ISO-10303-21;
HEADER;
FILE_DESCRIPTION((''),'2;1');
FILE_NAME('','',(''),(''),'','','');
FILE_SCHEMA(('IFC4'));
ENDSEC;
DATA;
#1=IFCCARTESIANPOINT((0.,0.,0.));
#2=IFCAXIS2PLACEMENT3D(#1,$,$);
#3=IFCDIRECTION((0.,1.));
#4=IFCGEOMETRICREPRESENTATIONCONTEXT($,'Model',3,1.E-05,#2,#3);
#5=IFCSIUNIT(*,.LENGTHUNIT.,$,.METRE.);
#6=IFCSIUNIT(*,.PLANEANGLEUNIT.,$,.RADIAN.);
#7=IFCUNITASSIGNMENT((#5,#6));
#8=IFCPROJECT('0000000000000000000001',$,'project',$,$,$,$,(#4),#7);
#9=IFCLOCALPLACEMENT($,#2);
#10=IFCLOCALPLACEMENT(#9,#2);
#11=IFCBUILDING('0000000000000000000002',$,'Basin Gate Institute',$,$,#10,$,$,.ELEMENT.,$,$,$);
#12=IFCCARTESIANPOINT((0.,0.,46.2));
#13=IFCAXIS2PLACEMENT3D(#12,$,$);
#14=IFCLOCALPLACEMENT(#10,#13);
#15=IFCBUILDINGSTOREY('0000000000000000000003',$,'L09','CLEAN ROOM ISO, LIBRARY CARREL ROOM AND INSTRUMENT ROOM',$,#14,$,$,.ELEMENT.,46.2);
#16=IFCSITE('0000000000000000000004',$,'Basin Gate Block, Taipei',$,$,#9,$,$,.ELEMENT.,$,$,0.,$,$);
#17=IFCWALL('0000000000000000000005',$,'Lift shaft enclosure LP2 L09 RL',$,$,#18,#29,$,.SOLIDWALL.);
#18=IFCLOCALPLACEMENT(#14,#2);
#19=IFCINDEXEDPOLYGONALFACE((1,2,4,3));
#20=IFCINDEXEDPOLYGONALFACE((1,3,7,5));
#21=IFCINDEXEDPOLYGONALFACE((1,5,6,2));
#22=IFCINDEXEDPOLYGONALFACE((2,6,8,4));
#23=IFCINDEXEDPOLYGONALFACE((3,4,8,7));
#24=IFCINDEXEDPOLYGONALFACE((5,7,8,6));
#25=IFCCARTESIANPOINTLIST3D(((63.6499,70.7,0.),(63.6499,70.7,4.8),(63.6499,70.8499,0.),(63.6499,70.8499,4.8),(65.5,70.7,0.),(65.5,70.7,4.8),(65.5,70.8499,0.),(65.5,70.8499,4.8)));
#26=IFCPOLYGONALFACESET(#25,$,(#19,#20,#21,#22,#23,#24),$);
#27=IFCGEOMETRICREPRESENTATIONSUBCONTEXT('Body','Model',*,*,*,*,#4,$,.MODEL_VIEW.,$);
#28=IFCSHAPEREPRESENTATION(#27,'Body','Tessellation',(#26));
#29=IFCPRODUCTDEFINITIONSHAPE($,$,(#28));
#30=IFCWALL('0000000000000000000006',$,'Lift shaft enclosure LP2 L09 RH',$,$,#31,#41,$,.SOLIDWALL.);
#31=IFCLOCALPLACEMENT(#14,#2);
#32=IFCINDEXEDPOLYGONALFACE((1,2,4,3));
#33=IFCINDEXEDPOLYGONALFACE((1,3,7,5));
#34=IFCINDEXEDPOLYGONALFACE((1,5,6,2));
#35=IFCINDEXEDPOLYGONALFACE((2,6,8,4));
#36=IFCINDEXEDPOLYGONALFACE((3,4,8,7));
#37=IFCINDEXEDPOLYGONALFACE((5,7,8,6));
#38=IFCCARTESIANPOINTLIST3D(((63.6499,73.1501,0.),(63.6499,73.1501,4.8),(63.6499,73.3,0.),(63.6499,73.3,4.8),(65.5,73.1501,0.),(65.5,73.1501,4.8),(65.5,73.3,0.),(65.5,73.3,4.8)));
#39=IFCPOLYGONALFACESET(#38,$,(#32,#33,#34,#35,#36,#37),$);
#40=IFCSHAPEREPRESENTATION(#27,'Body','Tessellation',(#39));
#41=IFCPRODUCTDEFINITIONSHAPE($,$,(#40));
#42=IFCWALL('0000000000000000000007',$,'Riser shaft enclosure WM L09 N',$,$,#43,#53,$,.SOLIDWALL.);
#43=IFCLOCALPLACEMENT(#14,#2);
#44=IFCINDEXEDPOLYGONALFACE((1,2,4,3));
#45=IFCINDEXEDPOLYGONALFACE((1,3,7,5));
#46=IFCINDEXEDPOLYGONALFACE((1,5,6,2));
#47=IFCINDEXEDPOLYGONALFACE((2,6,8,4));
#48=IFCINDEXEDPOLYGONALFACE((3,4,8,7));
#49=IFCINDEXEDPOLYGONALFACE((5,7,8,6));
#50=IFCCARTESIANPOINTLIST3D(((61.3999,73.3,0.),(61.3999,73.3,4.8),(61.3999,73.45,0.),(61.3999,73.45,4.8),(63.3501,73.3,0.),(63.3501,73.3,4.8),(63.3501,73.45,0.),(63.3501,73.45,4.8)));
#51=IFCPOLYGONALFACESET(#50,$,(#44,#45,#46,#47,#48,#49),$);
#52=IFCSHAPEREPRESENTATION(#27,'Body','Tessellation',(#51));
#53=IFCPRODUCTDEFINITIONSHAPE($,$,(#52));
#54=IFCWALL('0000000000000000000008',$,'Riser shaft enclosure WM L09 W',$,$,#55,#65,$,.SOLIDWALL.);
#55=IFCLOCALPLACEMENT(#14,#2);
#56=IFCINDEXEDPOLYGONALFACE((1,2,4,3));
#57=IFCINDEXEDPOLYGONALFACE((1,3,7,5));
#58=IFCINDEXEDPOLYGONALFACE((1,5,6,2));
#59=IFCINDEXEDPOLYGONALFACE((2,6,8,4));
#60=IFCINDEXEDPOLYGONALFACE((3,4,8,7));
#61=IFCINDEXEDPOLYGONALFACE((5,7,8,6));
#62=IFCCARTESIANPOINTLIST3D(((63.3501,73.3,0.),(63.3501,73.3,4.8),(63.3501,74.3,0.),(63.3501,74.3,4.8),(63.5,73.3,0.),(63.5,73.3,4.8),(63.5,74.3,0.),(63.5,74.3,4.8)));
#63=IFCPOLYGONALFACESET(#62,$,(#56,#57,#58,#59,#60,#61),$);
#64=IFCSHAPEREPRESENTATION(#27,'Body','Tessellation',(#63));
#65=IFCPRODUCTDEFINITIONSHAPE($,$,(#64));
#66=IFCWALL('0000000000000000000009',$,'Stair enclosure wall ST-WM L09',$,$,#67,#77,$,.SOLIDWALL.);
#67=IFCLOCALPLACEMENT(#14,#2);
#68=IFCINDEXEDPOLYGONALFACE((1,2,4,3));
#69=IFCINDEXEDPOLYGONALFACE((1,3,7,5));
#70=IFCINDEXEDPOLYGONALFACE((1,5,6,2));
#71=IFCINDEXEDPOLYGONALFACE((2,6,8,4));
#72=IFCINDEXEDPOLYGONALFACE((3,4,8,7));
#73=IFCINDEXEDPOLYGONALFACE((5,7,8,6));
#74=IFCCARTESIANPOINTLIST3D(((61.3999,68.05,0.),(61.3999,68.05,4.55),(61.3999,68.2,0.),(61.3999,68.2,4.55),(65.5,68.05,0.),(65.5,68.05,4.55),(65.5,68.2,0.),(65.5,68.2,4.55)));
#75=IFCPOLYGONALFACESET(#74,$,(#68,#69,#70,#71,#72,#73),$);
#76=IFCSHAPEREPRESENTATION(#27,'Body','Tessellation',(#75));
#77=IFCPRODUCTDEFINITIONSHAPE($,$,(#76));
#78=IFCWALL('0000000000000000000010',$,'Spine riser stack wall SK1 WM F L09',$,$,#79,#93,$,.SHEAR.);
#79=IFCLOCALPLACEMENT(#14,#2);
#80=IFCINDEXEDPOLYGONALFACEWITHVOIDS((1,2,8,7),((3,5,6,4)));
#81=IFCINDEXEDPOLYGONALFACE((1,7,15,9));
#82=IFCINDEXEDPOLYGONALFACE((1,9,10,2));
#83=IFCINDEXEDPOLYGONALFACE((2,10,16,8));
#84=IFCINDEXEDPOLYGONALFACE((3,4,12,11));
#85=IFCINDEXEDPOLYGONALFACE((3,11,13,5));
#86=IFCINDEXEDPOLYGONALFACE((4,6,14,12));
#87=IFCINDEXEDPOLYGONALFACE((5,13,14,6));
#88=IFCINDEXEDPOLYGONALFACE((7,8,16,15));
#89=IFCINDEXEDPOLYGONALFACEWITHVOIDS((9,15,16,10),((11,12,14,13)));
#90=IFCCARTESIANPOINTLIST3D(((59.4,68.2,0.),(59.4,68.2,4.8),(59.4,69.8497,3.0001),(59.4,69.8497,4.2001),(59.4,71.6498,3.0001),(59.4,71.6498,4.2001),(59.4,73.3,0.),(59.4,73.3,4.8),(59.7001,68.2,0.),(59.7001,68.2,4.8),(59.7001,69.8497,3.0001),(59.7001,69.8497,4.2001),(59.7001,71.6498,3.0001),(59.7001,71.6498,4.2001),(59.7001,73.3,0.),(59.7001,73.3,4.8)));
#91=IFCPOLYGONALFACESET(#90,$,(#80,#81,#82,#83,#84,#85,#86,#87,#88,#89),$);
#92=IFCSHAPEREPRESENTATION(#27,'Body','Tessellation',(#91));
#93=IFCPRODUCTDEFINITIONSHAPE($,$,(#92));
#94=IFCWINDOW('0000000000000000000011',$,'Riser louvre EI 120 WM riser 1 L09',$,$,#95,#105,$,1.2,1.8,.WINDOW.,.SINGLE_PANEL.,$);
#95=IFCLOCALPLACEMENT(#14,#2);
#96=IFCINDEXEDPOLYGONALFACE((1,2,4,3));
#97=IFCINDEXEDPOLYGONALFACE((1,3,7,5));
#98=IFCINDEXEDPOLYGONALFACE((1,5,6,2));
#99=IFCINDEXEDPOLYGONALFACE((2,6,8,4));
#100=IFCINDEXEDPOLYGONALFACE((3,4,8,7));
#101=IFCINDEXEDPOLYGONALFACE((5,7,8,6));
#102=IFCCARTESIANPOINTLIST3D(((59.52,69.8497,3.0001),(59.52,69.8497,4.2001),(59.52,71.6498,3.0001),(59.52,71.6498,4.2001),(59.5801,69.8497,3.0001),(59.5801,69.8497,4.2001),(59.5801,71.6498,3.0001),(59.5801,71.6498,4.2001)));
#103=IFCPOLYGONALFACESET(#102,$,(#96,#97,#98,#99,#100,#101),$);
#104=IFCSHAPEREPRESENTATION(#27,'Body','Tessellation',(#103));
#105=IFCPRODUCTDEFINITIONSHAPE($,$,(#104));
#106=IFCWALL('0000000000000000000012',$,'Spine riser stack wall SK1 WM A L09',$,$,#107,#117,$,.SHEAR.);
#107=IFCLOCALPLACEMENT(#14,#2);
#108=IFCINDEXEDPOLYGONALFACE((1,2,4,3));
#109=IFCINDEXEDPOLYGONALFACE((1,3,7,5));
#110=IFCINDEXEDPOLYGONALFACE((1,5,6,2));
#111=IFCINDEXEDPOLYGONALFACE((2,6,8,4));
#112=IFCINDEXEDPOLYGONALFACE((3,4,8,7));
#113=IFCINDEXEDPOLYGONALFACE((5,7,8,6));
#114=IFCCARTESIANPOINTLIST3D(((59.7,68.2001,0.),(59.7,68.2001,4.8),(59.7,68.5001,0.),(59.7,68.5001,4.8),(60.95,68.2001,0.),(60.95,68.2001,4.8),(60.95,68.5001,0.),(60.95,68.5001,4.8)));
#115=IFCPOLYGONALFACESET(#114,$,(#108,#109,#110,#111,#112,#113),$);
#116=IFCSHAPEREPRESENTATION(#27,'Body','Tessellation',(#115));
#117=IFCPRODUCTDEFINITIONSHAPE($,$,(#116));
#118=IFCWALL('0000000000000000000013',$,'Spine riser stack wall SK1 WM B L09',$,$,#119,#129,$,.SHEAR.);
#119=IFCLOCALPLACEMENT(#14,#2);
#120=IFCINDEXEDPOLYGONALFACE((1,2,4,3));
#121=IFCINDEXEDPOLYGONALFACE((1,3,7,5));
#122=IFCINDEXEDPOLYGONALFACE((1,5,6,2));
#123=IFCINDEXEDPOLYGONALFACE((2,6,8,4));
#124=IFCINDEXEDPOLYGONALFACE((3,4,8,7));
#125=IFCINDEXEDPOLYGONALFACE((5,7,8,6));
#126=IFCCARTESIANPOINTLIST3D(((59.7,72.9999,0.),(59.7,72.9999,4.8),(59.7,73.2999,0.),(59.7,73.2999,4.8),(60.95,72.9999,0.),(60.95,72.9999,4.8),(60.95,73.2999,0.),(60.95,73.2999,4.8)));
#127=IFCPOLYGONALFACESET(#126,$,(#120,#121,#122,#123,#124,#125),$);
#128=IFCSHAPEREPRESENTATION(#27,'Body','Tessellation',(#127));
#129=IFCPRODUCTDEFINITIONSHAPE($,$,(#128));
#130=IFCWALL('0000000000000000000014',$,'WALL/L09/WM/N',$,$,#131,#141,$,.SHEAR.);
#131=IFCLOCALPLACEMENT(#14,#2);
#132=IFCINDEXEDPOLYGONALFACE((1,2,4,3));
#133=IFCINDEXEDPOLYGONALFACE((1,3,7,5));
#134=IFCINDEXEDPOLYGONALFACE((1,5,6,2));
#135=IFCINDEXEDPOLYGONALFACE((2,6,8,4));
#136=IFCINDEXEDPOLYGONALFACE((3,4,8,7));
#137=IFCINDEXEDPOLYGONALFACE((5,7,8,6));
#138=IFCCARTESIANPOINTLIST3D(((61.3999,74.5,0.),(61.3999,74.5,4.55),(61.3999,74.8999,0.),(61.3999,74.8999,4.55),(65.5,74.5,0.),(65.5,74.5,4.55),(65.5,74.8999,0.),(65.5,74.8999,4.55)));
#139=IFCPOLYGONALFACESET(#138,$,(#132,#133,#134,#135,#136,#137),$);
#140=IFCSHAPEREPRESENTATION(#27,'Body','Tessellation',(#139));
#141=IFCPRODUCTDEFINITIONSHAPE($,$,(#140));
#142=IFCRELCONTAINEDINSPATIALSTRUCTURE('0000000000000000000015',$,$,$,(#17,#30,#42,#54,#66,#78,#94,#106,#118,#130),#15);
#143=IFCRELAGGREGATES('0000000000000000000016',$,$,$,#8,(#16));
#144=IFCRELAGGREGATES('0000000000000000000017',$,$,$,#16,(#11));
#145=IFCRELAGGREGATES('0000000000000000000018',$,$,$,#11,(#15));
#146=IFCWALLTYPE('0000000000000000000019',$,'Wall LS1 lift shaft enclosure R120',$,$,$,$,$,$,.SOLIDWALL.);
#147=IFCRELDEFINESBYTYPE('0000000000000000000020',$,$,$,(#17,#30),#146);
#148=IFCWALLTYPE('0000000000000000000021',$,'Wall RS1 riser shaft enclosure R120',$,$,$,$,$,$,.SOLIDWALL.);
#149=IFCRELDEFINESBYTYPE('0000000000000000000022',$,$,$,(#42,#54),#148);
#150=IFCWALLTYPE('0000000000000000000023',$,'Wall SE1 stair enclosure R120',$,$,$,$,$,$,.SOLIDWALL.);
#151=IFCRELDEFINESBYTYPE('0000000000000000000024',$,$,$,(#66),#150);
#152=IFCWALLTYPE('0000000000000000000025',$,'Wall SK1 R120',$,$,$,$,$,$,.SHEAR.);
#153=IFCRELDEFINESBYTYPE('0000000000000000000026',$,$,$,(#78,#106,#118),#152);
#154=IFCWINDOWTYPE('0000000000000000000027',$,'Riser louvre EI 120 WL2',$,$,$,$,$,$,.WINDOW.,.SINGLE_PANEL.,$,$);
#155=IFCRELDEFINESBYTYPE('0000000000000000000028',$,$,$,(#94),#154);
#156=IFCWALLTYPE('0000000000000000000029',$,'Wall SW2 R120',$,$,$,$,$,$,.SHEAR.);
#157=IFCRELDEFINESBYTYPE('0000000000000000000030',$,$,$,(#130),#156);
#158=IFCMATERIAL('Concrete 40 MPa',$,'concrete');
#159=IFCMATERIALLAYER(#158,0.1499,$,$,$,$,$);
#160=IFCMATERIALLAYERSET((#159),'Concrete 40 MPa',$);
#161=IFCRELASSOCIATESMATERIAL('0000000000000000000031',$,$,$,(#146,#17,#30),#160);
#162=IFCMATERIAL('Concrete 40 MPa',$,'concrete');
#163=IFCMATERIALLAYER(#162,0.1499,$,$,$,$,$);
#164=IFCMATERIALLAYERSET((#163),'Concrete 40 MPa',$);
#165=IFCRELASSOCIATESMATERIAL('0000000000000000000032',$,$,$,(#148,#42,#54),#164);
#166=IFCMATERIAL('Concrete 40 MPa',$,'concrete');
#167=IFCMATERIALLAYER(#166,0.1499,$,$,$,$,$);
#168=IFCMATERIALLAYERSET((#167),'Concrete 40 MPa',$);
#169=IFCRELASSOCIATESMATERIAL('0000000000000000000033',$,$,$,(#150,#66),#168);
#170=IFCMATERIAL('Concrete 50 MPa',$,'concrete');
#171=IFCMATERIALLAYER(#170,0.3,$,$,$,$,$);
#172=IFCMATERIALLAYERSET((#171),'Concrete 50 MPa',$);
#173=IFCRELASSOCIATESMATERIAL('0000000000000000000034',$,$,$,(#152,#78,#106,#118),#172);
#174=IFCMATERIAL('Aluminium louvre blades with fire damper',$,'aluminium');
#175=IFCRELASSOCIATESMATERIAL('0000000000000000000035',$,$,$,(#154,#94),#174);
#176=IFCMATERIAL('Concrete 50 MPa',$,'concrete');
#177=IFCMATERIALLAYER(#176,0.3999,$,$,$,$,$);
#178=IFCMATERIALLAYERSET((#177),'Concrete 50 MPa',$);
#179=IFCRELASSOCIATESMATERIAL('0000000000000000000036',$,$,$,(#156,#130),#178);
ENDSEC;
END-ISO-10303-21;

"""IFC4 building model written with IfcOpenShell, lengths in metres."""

from ifc_helpers import new_model, si_unit, direction, frame, frame_2d, origin, place, context, subcontext, project, spatial, rectangle, extrude, material, layer, layer_set, type_object, element, fill, save


model = new_model("IFC4")

# Units and contexts
model_context = context("Model", 3, precision=1e-05, world=origin(), true_north=direction((0.0, 1.0)))
body_context = subcontext(model_context, "Body", "Model", "MODEL_VIEW")
ifc_project = project(units=[si_unit("LENGTHUNIT", "METRE"), si_unit("PLANEANGLEUNIT", "RADIAN")], contexts=[model_context])

# Site, building, storey
site_placement = place(None, origin())
site = spatial("IfcSite", under=ifc_project, at=site_placement, Name="Basin Gate Block, Taipei", CompositionType="ELEMENT", RefElevation=0.0)
building_placement = place(site_placement, origin())
building = spatial("IfcBuilding", under=site, at=building_placement, Name="Basin Gate Institute", CompositionType="ELEMENT")
storey_placement = place(building_placement, frame((0.0, 0.0, 46.2)))
storey = spatial("IfcBuildingStorey", under=building, at=storey_placement, Name="L09", Description="CLEAN ROOM ISO, LIBRARY CARREL ROOM AND INSTRUMENT ROOM", CompositionType="ELEMENT", Elevation=46.2)

# Walls
ifc_material_1 = material(Name="Concrete 40 MPa", Category="concrete")
ifc_layer_1 = layer(ifc_material_1, 0.1499)
ifc_layer_set_1 = layer_set([ifc_layer_1], Name="Concrete 40 MPa")
wall_type_1 = type_object("IfcWallType", Name="Wall LS1 lift shaft enclosure R120", PredefinedType="SOLIDWALL", material=ifc_layer_set_1)
for number, where, z_axis, x_axis, name in (
    (1, (63.6499, 70.7749, 0.0), (0.0, 0.0, 1.0), (1.0, 0.0, 0.0), "Lift shaft enclosure LP2 L09 RL"),
    (2, (63.6499, 73.2251, 0.0), (0.0, 0.0, 1.0), (1.0, 0.0, 0.0), "Lift shaft enclosure LP2 L09 RH"),
):
    element("IfcWall", number, at=place(storey_placement, frame(where, z_axis=z_axis, x_axis=x_axis)), inside=storey, type_object=wall_type_1, material=ifc_layer_set_1, Name=name, PredefinedType="SOLIDWALL", context=body_context, shape_type="SweptSolid", body=[
        extrude(rectangle(XDim=1.8501, YDim=0.1499, at=frame_2d((0.925, 0.0))), origin(), (0.0, 0.0, 1.0), 4.8),
    ])
ifc_material_2 = material(Name="Concrete 40 MPa", Category="concrete")
ifc_layer_2 = layer(ifc_material_2, 0.1499)
ifc_layer_set_2 = layer_set([ifc_layer_2], Name="Concrete 40 MPa")
wall_type_2 = type_object("IfcWallType", Name="Wall RS1 riser shaft enclosure R120", PredefinedType="SOLIDWALL", material=ifc_layer_set_2)
wall_1_placement = place(storey_placement, frame((61.3999, 73.375, 0.0), z_axis=(0.0, 0.0, 1.0), x_axis=(1.0, 0.0, 0.0)))
element("IfcWall", 3, at=wall_1_placement, inside=storey, type_object=wall_type_2, material=ifc_layer_set_2, Name="Riser shaft enclosure WM L09 N", PredefinedType="SOLIDWALL", context=body_context, shape_type="SweptSolid", body=[
    extrude(rectangle(XDim=1.9502, YDim=0.1499, at=frame_2d((0.9751, 0.0))), origin(), (0.0, 0.0, 1.0), 4.8),
])
wall_2_placement = place(storey_placement, frame((63.425, 73.3, 0.0), z_axis=(0.0, 0.0, 1.0), x_axis=(0.0, 1.0, 0.0)))
element("IfcWall", 4, at=wall_2_placement, inside=storey, type_object=wall_type_2, material=ifc_layer_set_2, Name="Riser shaft enclosure WM L09 W", PredefinedType="SOLIDWALL", context=body_context, shape_type="SweptSolid", body=[
    extrude(rectangle(XDim=1.0, YDim=0.1499, at=frame_2d((0.5, 0.0))), origin(), (0.0, 0.0, 1.0), 4.8),
])
ifc_material_3 = material(Name="Concrete 40 MPa", Category="concrete")
ifc_layer_3 = layer(ifc_material_3, 0.1499)
ifc_layer_set_3 = layer_set([ifc_layer_3], Name="Concrete 40 MPa")
wall_type_3 = type_object("IfcWallType", Name="Wall SE1 stair enclosure R120", PredefinedType="SOLIDWALL", material=ifc_layer_set_3)
wall_3_placement = place(storey_placement, frame((61.3999, 68.125, 0.0), z_axis=(0.0, 0.0, 1.0), x_axis=(1.0, 0.0, 0.0)))
element("IfcWall", 5, at=wall_3_placement, inside=storey, type_object=wall_type_3, material=ifc_layer_set_3, Name="Stair enclosure wall ST-WM L09", PredefinedType="SOLIDWALL", context=body_context, shape_type="SweptSolid", body=[
    extrude(rectangle(XDim=4.1001, YDim=0.1499, at=frame_2d((2.05, 0.0))), origin(), (0.0, 0.0, 1.0), 4.55),
])

# Wall, opening, window
ifc_material_4 = material(Name="Concrete 50 MPa", Category="concrete")
ifc_layer_4 = layer(ifc_material_4, 0.3)
ifc_layer_set_4 = layer_set([ifc_layer_4], Name="Concrete 50 MPa")
wall_type_4 = type_object("IfcWallType", Name="Wall SK1 R120", PredefinedType="SHEAR", material=ifc_layer_set_4)
wall_4_placement = place(storey_placement, frame((59.55, 68.2, 0.0), z_axis=(0.0, 0.0, 1.0), x_axis=(0.0, 1.0, 0.0)))
wall_4 = element("IfcWall", 6, at=wall_4_placement, inside=storey, type_object=wall_type_4, material=ifc_layer_set_4, Name="Spine riser stack wall SK1 WM F L09", PredefinedType="SHEAR", context=body_context, shape_type="SweptSolid", body=[
    extrude(rectangle(XDim=5.1001, YDim=0.3, at=frame_2d((2.55, 0.0))), origin(), (0.0, 0.0, 1.0), 4.8),
])
opening_1_placement = place(wall_4_placement, frame((1.6499, 0.0, 3.0)))
opening_1 = element("IfcOpeningElement", 7, at=opening_1_placement, cuts=wall_4, PredefinedType="OPENING", context=body_context, shape_type="SweptSolid", body=[
    extrude(rectangle(XDim=1.8, YDim=1.2, at=frame_2d((0.8999, 0.6001))), frame((0.0, 0.1602, 0.0), z_axis=(0.0, -1.0, 0.0), x_axis=(1.0, 0.0, 0.0)), (0.0, 0.0, 1.0), 0.3201),
])
ifc_material_5 = material(Name="Aluminium louvre blades with fire damper", Category="aluminium")
window_type_1 = type_object("IfcWindowType", Name="Riser louvre EI 120 WL2", PartitioningType="SINGLE_PANEL", PredefinedType="WINDOW", material=ifc_material_5)
window_1_placement = place(opening_1_placement, origin())
window_1 = element("IfcWindow", 8, at=window_1_placement, inside=storey, type_object=window_type_1, material=ifc_material_5, Name="Riser louvre EI 120 WM riser 1 L09", OverallHeight=1.2, OverallWidth=1.8, PartitioningType="SINGLE_PANEL", PredefinedType="WINDOW", context=body_context, shape_type="SweptSolid", body=[
    extrude(rectangle(XDim=1.8, YDim=1.2, at=frame_2d((0.8999, 0.6001))), frame((0.0, 0.03, 0.0), z_axis=(0.0, -1.0, 0.0), x_axis=(1.0, 0.0, 0.0)), (0.0, 0.0, 1.0), 0.0601),
])
fill(opening_1, window_1)

# Walls
for number, where, z_axis, x_axis, name in (
    (9, (60.95, 68.3501, 0.0), (0.0, 0.0, 1.0), (-1.0, 0.0, 0.0), "Spine riser stack wall SK1 WM A L09"),
    (10, (60.95, 73.1499, 0.0), (0.0, 0.0, 1.0), (-1.0, 0.0, 0.0), "Spine riser stack wall SK1 WM B L09"),
):
    element("IfcWall", number, at=place(storey_placement, frame(where, z_axis=z_axis, x_axis=x_axis)), inside=storey, type_object=wall_type_4, material=ifc_layer_set_4, Name=name, PredefinedType="SHEAR", context=body_context, shape_type="SweptSolid", body=[
        extrude(rectangle(XDim=1.25, YDim=0.3, at=frame_2d((0.625, 0.0))), origin(), (0.0, 0.0, 1.0), 4.8),
    ])
ifc_material_6 = material(Name="Concrete 50 MPa", Category="concrete")
ifc_layer_5 = layer(ifc_material_6, 0.3999)
ifc_layer_set_5 = layer_set([ifc_layer_5], Name="Concrete 50 MPa")
wall_type_5 = type_object("IfcWallType", Name="Wall SW2 R120", PredefinedType="SHEAR", material=ifc_layer_set_5)
wall_5_placement = place(storey_placement, frame((61.3999, 74.7, 0.0), z_axis=(0.0, 0.0, 1.0), x_axis=(1.0, 0.0, 0.0)))
element("IfcWall", 11, at=wall_5_placement, inside=storey, type_object=wall_type_5, material=ifc_layer_set_5, Name="WALL/L09/WM/N", PredefinedType="SHEAR", context=body_context, shape_type="SweptSolid", body=[
    extrude(rectangle(XDim=4.1001, YDim=0.3999, at=frame_2d((2.05, 0.0))), origin(), (0.0, 0.0, 1.0), 4.55),
])

save(model, "model.ifc")
